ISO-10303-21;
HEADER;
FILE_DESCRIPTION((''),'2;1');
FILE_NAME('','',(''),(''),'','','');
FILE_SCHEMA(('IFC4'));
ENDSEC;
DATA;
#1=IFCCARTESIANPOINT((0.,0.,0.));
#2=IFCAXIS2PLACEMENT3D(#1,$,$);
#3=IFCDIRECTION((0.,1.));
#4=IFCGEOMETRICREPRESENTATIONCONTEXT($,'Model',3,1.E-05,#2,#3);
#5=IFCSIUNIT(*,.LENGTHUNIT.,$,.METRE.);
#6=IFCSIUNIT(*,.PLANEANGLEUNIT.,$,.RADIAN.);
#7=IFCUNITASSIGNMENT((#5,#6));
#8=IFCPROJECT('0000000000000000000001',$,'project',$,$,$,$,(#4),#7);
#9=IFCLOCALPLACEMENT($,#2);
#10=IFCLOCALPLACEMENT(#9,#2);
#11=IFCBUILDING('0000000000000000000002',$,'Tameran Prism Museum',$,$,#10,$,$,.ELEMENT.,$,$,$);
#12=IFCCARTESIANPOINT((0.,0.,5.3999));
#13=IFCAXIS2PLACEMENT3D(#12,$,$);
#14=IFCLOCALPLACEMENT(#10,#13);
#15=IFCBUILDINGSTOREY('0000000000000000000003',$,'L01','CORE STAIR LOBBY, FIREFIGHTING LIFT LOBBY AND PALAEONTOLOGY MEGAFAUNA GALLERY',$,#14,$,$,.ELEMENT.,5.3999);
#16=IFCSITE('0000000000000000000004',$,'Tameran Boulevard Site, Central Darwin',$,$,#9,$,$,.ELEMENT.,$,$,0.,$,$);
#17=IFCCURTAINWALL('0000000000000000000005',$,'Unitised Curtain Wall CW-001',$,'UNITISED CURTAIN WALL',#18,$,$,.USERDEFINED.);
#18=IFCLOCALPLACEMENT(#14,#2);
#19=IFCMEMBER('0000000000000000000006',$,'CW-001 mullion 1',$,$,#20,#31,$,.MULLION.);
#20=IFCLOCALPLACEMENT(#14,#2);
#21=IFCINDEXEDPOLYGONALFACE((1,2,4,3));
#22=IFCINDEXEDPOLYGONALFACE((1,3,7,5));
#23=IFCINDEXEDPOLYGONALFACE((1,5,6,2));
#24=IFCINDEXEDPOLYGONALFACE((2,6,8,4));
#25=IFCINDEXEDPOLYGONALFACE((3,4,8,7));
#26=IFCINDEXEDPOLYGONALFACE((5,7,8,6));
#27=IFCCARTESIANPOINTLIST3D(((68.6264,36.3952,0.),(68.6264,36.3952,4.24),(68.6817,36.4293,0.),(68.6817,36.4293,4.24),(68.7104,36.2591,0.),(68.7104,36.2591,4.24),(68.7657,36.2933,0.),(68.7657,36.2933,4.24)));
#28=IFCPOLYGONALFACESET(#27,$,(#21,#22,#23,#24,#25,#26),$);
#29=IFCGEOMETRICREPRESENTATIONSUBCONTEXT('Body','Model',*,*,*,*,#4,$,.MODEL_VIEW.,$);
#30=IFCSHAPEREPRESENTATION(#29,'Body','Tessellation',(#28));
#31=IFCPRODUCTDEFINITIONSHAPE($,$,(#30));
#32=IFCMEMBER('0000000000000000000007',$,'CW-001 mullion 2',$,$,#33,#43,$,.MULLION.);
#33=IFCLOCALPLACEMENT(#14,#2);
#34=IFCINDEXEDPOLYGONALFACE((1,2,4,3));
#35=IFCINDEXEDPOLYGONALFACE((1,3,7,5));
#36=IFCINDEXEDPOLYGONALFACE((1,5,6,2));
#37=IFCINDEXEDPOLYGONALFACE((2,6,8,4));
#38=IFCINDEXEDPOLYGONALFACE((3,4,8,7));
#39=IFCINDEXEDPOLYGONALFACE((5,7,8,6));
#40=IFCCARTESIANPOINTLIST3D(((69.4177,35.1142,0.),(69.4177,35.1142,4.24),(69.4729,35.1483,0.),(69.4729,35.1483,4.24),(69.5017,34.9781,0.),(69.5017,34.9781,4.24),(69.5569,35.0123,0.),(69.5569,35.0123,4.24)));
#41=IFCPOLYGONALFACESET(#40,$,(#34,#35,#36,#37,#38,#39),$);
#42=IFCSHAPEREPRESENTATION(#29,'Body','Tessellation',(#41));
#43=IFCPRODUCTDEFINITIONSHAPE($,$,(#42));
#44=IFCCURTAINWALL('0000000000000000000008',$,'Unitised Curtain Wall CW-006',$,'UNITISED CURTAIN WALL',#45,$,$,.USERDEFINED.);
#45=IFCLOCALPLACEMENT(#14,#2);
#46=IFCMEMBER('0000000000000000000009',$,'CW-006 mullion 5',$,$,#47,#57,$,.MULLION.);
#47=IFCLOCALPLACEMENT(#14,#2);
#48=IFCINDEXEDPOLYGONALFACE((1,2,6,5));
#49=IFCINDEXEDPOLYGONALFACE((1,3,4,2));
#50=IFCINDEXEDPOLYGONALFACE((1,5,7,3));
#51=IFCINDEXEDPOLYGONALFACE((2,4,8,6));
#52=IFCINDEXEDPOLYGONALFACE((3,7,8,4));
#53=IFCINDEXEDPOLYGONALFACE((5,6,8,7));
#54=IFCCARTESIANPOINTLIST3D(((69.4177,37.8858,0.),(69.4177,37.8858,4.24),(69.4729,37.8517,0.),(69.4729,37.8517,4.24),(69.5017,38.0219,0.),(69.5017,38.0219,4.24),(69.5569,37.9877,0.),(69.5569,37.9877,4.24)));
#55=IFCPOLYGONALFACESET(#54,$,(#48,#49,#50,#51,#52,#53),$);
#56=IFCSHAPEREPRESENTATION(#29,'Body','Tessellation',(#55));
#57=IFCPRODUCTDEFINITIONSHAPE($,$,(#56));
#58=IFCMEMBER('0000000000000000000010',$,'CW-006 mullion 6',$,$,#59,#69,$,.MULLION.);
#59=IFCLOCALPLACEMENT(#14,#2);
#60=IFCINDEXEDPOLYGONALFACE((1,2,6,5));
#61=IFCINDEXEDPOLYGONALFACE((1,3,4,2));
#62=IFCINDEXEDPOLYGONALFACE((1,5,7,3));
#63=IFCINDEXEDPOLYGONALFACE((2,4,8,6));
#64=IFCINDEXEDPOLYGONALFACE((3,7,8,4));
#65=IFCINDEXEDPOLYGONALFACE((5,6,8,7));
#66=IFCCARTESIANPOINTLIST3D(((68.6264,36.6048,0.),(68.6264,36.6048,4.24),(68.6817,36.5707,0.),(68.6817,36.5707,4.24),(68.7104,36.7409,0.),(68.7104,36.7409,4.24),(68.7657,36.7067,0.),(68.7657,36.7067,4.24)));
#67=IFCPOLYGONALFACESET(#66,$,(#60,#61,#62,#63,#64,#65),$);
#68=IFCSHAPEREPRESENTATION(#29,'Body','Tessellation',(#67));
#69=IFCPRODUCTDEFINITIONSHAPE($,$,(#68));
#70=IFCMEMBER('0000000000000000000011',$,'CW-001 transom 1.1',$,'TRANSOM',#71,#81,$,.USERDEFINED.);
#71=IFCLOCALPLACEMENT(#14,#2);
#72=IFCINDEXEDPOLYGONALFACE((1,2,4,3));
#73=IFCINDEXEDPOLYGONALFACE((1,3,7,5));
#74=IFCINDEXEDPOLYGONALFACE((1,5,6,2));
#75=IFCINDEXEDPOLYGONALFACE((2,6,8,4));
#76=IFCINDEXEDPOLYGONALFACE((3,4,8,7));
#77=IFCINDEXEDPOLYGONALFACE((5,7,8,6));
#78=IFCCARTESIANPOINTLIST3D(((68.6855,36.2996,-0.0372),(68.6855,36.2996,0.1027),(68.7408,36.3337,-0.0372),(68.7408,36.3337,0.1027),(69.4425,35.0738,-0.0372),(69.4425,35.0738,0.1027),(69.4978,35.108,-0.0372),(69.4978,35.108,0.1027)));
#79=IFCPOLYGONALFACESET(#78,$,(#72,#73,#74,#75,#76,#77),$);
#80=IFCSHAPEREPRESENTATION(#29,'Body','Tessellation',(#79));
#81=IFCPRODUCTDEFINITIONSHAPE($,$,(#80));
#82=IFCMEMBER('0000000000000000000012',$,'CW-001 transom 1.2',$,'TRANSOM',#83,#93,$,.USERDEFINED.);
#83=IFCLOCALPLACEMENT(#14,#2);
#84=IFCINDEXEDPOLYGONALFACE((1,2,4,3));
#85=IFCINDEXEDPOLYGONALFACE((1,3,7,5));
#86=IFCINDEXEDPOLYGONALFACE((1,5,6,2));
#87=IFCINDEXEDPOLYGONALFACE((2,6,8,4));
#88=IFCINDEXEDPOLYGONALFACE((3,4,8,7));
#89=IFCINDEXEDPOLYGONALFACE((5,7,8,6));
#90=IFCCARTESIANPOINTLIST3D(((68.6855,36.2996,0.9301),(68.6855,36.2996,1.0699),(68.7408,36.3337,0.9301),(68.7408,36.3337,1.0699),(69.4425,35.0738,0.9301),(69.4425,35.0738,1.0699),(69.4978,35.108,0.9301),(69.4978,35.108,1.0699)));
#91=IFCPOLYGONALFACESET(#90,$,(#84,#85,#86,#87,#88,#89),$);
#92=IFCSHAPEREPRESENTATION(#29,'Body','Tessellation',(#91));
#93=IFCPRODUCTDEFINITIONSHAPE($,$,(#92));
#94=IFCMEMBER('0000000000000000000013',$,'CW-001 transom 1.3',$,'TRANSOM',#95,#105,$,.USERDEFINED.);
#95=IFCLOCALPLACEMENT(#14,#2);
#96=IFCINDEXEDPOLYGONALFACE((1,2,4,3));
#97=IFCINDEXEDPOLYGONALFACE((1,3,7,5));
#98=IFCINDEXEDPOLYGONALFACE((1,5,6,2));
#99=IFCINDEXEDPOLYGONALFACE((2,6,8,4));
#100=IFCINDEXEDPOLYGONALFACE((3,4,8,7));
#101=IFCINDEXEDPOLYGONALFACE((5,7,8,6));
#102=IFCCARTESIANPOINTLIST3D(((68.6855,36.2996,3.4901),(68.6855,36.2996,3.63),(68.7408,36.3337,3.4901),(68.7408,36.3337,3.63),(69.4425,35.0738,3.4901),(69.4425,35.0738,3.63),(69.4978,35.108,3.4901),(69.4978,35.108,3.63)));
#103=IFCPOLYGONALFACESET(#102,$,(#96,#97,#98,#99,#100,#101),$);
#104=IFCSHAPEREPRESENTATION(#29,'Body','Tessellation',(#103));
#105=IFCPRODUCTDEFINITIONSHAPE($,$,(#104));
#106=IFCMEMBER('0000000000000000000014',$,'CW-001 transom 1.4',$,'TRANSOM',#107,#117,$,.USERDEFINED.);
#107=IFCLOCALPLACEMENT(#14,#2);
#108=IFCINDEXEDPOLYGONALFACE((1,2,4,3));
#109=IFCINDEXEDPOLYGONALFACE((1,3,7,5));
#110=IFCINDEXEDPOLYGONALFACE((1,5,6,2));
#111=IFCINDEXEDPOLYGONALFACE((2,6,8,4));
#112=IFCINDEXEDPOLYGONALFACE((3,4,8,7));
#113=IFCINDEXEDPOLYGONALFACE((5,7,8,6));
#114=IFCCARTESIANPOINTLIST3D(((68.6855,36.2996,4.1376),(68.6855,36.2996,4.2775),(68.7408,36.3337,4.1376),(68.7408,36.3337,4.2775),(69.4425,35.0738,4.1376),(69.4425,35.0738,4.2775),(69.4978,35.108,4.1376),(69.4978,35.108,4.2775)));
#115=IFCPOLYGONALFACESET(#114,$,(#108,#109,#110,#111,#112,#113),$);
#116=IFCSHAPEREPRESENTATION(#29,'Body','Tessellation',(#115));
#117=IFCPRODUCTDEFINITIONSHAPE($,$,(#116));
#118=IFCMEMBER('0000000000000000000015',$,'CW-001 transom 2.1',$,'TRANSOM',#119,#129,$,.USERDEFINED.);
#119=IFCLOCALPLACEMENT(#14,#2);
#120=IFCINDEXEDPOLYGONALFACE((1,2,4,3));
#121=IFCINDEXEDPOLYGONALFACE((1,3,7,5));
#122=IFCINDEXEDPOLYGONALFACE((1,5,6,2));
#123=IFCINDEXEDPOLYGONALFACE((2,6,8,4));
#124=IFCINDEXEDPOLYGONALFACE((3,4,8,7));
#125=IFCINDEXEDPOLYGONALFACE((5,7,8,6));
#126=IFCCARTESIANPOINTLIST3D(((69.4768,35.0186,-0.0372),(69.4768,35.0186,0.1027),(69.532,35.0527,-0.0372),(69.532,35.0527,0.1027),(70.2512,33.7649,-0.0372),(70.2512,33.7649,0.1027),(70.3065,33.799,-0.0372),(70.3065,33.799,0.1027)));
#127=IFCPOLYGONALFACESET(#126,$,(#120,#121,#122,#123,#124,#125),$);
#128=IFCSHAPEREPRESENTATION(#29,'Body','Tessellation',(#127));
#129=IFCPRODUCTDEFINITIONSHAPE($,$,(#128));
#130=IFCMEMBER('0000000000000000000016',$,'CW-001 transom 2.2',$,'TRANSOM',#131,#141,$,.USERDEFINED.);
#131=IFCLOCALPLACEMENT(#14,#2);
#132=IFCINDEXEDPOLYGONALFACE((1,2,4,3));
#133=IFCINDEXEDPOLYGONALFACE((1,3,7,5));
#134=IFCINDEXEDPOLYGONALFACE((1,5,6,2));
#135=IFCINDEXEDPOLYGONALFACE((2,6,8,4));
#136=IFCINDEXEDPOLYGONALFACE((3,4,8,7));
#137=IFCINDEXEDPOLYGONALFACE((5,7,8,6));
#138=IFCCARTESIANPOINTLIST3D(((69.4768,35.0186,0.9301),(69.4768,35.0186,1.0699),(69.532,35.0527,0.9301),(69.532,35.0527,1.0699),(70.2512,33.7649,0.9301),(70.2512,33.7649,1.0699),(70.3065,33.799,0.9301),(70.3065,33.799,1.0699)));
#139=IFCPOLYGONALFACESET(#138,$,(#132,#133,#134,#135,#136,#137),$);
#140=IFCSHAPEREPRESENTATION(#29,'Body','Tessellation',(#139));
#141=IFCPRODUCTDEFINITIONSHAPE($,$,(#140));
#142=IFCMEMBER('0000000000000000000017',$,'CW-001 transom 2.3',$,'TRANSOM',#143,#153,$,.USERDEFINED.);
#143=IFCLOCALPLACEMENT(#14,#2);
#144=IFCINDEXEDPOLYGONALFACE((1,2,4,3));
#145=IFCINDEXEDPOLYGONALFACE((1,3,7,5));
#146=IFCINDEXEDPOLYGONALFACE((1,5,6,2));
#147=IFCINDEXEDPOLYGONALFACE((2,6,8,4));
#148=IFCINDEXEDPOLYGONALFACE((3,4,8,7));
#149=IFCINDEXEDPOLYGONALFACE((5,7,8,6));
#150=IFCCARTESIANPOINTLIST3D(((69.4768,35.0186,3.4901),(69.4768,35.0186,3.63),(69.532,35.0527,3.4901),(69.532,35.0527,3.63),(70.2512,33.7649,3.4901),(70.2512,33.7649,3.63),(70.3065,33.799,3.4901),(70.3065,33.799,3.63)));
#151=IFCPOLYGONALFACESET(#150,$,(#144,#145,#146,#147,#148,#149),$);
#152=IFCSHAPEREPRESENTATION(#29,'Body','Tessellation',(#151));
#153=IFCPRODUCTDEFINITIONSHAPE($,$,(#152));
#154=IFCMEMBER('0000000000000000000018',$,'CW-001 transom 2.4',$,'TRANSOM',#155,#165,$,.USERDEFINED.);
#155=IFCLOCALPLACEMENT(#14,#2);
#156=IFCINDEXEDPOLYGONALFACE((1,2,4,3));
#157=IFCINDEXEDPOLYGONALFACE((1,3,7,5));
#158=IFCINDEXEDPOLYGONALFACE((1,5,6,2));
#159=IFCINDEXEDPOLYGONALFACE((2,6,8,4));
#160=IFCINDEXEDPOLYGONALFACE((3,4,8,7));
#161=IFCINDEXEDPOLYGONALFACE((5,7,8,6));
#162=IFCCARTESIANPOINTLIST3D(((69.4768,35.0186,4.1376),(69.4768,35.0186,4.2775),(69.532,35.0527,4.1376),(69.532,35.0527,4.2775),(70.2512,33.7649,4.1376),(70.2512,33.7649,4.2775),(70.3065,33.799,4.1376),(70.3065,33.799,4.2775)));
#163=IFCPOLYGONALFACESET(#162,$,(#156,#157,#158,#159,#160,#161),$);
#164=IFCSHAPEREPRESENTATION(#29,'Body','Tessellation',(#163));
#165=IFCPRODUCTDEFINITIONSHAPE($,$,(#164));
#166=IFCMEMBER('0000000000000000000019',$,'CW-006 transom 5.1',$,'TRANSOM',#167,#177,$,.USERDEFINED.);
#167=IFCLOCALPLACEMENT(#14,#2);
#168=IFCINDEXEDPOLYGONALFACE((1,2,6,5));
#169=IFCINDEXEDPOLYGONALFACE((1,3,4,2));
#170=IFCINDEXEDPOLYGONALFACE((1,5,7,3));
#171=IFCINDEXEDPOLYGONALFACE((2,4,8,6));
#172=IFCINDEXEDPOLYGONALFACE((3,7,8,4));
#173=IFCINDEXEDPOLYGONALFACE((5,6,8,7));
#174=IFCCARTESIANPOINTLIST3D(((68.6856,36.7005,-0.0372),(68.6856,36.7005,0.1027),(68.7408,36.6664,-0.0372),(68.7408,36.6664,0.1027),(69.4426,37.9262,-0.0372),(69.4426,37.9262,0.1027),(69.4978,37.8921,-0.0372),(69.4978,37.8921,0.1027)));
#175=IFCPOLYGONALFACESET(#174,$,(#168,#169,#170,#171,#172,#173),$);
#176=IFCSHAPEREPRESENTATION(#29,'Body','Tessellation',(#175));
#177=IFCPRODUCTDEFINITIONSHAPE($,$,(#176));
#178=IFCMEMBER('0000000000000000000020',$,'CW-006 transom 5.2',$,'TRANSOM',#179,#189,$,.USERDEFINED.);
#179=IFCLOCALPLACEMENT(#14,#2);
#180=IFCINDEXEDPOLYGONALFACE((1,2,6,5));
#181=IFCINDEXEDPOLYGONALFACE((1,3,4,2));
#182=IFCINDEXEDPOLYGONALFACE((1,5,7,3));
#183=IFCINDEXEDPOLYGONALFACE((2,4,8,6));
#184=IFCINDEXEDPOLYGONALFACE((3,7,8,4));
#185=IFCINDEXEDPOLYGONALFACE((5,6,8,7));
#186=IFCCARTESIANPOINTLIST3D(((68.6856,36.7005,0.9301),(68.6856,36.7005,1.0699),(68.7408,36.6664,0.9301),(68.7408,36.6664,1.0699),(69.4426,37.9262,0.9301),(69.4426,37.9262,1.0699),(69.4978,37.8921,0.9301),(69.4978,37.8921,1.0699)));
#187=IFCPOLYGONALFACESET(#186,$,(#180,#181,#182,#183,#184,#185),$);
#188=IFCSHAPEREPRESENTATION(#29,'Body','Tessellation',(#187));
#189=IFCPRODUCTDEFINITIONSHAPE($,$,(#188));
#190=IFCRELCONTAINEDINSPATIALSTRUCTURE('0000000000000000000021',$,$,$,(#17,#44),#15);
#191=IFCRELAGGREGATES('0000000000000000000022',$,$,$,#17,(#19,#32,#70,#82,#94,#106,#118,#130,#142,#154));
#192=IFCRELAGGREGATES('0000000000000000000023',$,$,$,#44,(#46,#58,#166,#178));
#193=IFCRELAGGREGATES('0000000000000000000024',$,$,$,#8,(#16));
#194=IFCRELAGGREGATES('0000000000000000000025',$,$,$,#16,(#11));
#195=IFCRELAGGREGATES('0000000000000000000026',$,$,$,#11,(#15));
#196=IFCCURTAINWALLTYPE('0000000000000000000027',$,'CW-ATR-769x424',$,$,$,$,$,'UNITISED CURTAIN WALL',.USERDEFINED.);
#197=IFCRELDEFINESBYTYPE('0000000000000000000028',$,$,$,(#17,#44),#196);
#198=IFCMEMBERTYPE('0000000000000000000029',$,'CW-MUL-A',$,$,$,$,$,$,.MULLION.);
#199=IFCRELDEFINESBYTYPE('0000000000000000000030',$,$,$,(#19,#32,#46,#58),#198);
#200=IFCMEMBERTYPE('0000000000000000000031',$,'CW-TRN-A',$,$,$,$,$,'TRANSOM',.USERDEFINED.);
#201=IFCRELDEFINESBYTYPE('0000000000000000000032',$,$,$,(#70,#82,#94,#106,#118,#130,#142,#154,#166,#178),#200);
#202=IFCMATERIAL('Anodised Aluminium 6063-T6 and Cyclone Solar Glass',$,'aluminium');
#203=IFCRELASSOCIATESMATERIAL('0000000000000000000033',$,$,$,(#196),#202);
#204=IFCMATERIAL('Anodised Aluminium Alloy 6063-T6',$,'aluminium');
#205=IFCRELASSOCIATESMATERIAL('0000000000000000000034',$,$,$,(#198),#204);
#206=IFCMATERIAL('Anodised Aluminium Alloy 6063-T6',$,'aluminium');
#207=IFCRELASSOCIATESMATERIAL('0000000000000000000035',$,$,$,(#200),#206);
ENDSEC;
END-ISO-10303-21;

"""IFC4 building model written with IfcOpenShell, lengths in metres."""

from ifc_helpers import new_model, si_unit, direction, frame, origin, origin_2d, place, context, subcontext, project, spatial, rectangle, extrude, material, material_profile, profile_set, type_object, element, aggregate, save


model = new_model("IFC4")

# Units and contexts
model_context = context("Model", 3, precision=1e-05, world=origin(), true_north=direction((0.0, 1.0)))
body_context = subcontext(model_context, "Body", "Model", "MODEL_VIEW")
ifc_project = project(units=[si_unit("LENGTHUNIT", "METRE"), si_unit("PLANEANGLEUNIT", "RADIAN")], contexts=[model_context])

# Site, building, storey
site_placement = place(None, origin())
site = spatial("IfcSite", under=ifc_project, at=site_placement, Name="Tameran Boulevard Site, Central Darwin", CompositionType="ELEMENT", RefElevation=0.0)
building_placement = place(site_placement, origin())
building = spatial("IfcBuilding", under=site, at=building_placement, Name="Tameran Prism Museum", CompositionType="ELEMENT")
storey_placement = place(building_placement, frame((0.0, 0.0, 5.3999)))
storey = spatial("IfcBuildingStorey", under=building, at=storey_placement, Name="L01", Description="CORE STAIR LOBBY, FIREFIGHTING LIFT LOBBY AND PALAEONTOLOGY MEGAFAUNA GALLERY", CompositionType="ELEMENT", Elevation=5.3999)

# Curtain walls, members
ifc_material_1 = material(Name="Anodised Aluminium 6063-T6 and Cyclone Solar Glass", Category="aluminium")
curtain_wall_type = type_object("IfcCurtainWallType", Name="CW-ATR-769x424", ElementType="UNITISED CURTAIN WALL", PredefinedType="USERDEFINED", material=ifc_material_1)
curtain_wall_1_placement = place(storey_placement, origin())
curtain_wall_1 = element("IfcCurtainWall", 1, at=curtain_wall_1_placement, inside=storey, type_object=curtain_wall_type, Name="Unitised Curtain Wall CW-001", ObjectType="UNITISED CURTAIN WALL", PredefinedType="USERDEFINED")
ifc_material_2 = material(Name="Anodised Aluminium Alloy 6063-T6", Category="aluminium")
ifc_material_profile_1 = material_profile(ifc_material_2, rectangle(XDim=0.0649, YDim=0.1599, at=origin_2d()))
ifc_profile_set_1 = profile_set([ifc_material_profile_1])
member_type_1 = type_object("IfcMemberType", Name="CW-MUL-A", PredefinedType="MULLION", material=ifc_profile_set_1)
member_1_placement = place(storey_placement, frame((68.696, 36.3442, 0.0), z_axis=(0.0, 0.0, 1.0), x_axis=(0.850791, 0.525504, 0.0)))
member_1 = element("IfcMember", 2, at=member_1_placement, type_object=member_type_1, Name="CW-001 mullion 1", PredefinedType="MULLION", context=body_context, shape_type="SweptSolid", body=[
    extrude(rectangle(XDim=0.0649, YDim=0.1599, at=origin_2d()), origin(), (0.0, 0.0, 1.0), 4.24),
])
member_2_placement = place(storey_placement, frame((69.4873, 35.0632, 0.0), z_axis=(0.0, 0.0, 1.0), x_axis=(0.850791, 0.525504, 0.0)))
member_2 = element("IfcMember", 3, at=member_2_placement, type_object=member_type_1, Name="CW-001 mullion 2", PredefinedType="MULLION", context=body_context, shape_type="SweptSolid", body=[
    extrude(rectangle(XDim=0.0649, YDim=0.1599, at=origin_2d()), origin(), (0.0, 0.0, 1.0), 4.24),
])
curtain_wall_2_placement = place(storey_placement, origin())
curtain_wall_2 = element("IfcCurtainWall", 4, at=curtain_wall_2_placement, inside=storey, type_object=curtain_wall_type, Name="Unitised Curtain Wall CW-006", ObjectType="UNITISED CURTAIN WALL", PredefinedType="USERDEFINED")
member_3_placement = place(storey_placement, frame((69.4873, 37.9368, 0.0), z_axis=(0.0, 0.0, 1.0), x_axis=(0.850791, -0.525504, 0.0)))
member_3 = element("IfcMember", 5, at=member_3_placement, type_object=member_type_1, Name="CW-006 mullion 5", PredefinedType="MULLION", context=body_context, shape_type="SweptSolid", body=[
    extrude(rectangle(XDim=0.0649, YDim=0.1599, at=origin_2d()), origin(), (0.0, 0.0, 1.0), 4.24),
])
member_4_placement = place(storey_placement, frame((68.696, 36.6558, 0.0), z_axis=(0.0, 0.0, 1.0), x_axis=(0.850791, -0.525504, 0.0)))
member_4 = element("IfcMember", 6, at=member_4_placement, type_object=member_type_1, Name="CW-006 mullion 6", PredefinedType="MULLION", context=body_context, shape_type="SweptSolid", body=[
    extrude(rectangle(XDim=0.0649, YDim=0.1599, at=origin_2d()), origin(), (0.0, 0.0, 1.0), 4.24),
])

# Members
ifc_material_3 = material(Name="Anodised Aluminium Alloy 6063-T6", Category="aluminium")
ifc_material_profile_2 = material_profile(ifc_material_3, rectangle(XDim=0.0649, YDim=0.1399, at=origin_2d()))
ifc_profile_set_2 = profile_set([ifc_material_profile_2])
member_type_2 = type_object("IfcMemberType", Name="CW-TRN-A", ElementType="TRANSOM", PredefinedType="USERDEFINED", material=ifc_profile_set_2)
member_5_placement = place(storey_placement, frame((68.7131, 36.3167, 0.0327), z_axis=(0.525468, -0.850814, 0.0), x_axis=(0.850814, 0.525468, 0.0)))
member_5 = element("IfcMember", 7, at=member_5_placement, type_object=member_type_2, Name="CW-001 transom 1.1", ObjectType="TRANSOM", PredefinedType="USERDEFINED", context=body_context, shape_type="SweptSolid", body=[
    extrude(rectangle(XDim=0.0649, YDim=0.1399, at=origin_2d()), origin(), (0.0, 0.0, 1.0), 1.4407),
])
member_6_placement = place(storey_placement, frame((68.7131, 36.3167, 1.0), z_axis=(0.525468, -0.850814, 0.0), x_axis=(0.850814, 0.525468, 0.0)))
member_6 = element("IfcMember", 8, at=member_6_placement, type_object=member_type_2, Name="CW-001 transom 1.2", ObjectType="TRANSOM", PredefinedType="USERDEFINED", context=body_context, shape_type="SweptSolid", body=[
    extrude(rectangle(XDim=0.0649, YDim=0.1399, at=origin_2d()), origin(), (0.0, 0.0, 1.0), 1.4407),
])
member_7_placement = place(storey_placement, frame((68.7131, 36.3167, 3.5601), z_axis=(0.525468, -0.850814, 0.0), x_axis=(0.850814, 0.525468, 0.0)))
member_7 = element("IfcMember", 9, at=member_7_placement, type_object=member_type_2, Name="CW-001 transom 1.3", ObjectType="TRANSOM", PredefinedType="USERDEFINED", context=body_context, shape_type="SweptSolid", body=[
    extrude(rectangle(XDim=0.0649, YDim=0.1399, at=origin_2d()), origin(), (0.0, 0.0, 1.0), 1.4407),
])
member_8_placement = place(storey_placement, frame((68.7131, 36.3167, 4.2075), z_axis=(0.525468, -0.850814, 0.0), x_axis=(0.850814, 0.525468, 0.0)))
member_8 = element("IfcMember", 10, at=member_8_placement, type_object=member_type_2, Name="CW-001 transom 1.4", ObjectType="TRANSOM", PredefinedType="USERDEFINED", context=body_context, shape_type="SweptSolid", body=[
    extrude(rectangle(XDim=0.0649, YDim=0.1399, at=origin_2d()), origin(), (0.0, 0.0, 1.0), 1.4407),
])
member_9_placement = place(storey_placement, frame((69.5044, 35.0356, 0.0327), z_axis=(0.525539, -0.85077, 0.0), x_axis=(0.85077, 0.525539, 0.0)))
member_9 = element("IfcMember", 11, at=member_9_placement, type_object=member_type_2, Name="CW-001 transom 2.1", ObjectType="TRANSOM", PredefinedType="USERDEFINED", context=body_context, shape_type="SweptSolid", body=[
    extrude(rectangle(XDim=0.0649, YDim=0.1399, at=origin_2d()), origin(), (0.0, 0.0, 1.0), 1.4736),
])
member_10_placement = place(storey_placement, frame((69.5044, 35.0356, 1.0), z_axis=(0.525539, -0.85077, 0.0), x_axis=(0.85077, 0.525539, 0.0)))
member_10 = element("IfcMember", 12, at=member_10_placement, type_object=member_type_2, Name="CW-001 transom 2.2", ObjectType="TRANSOM", PredefinedType="USERDEFINED", context=body_context, shape_type="SweptSolid", body=[
    extrude(rectangle(XDim=0.0649, YDim=0.1399, at=origin_2d()), origin(), (0.0, 0.0, 1.0), 1.4736),
])
member_11_placement = place(storey_placement, frame((69.5044, 35.0356, 3.5601), z_axis=(0.525539, -0.85077, 0.0), x_axis=(0.85077, 0.525539, 0.0)))
member_11 = element("IfcMember", 13, at=member_11_placement, type_object=member_type_2, Name="CW-001 transom 2.3", ObjectType="TRANSOM", PredefinedType="USERDEFINED", context=body_context, shape_type="SweptSolid", body=[
    extrude(rectangle(XDim=0.0649, YDim=0.1399, at=origin_2d()), origin(), (0.0, 0.0, 1.0), 1.4736),
])
member_12_placement = place(storey_placement, frame((69.5044, 35.0356, 4.2075), z_axis=(0.525539, -0.85077, 0.0), x_axis=(0.85077, 0.525539, 0.0)))
member_12 = element("IfcMember", 14, at=member_12_placement, type_object=member_type_2, Name="CW-001 transom 2.4", ObjectType="TRANSOM", PredefinedType="USERDEFINED", context=body_context, shape_type="SweptSolid", body=[
    extrude(rectangle(XDim=0.0649, YDim=0.1399, at=origin_2d()), origin(), (0.0, 0.0, 1.0), 1.4736),
])
member_13_placement = place(storey_placement, frame((69.4702, 37.9092, 0.0327), z_axis=(-0.525468, -0.850814, 0.0), x_axis=(0.850814, -0.525468, 0.0)))
member_13 = element("IfcMember", 15, at=member_13_placement, type_object=member_type_2, Name="CW-006 transom 5.1", ObjectType="TRANSOM", PredefinedType="USERDEFINED", context=body_context, shape_type="SweptSolid", body=[
    extrude(rectangle(XDim=0.0649, YDim=0.1399, at=origin_2d()), origin(), (0.0, 0.0, 1.0), 1.4407),
])
member_14_placement = place(storey_placement, frame((69.4702, 37.9092, 1.0), z_axis=(-0.525468, -0.850814, 0.0), x_axis=(0.850814, -0.525468, 0.0)))
member_14 = element("IfcMember", 16, at=member_14_placement, type_object=member_type_2, Name="CW-006 transom 5.2", ObjectType="TRANSOM", PredefinedType="USERDEFINED", context=body_context, shape_type="SweptSolid", body=[
    extrude(rectangle(XDim=0.0649, YDim=0.1399, at=origin_2d()), origin(), (0.0, 0.0, 1.0), 1.4407),
])

aggregate(curtain_wall_1, [member_1, member_2, member_5, member_6, member_7, member_8, member_9, member_10, member_11, member_12])
aggregate(curtain_wall_2, [member_3, member_4, member_13, member_14])

save(model, "model.ifc")
